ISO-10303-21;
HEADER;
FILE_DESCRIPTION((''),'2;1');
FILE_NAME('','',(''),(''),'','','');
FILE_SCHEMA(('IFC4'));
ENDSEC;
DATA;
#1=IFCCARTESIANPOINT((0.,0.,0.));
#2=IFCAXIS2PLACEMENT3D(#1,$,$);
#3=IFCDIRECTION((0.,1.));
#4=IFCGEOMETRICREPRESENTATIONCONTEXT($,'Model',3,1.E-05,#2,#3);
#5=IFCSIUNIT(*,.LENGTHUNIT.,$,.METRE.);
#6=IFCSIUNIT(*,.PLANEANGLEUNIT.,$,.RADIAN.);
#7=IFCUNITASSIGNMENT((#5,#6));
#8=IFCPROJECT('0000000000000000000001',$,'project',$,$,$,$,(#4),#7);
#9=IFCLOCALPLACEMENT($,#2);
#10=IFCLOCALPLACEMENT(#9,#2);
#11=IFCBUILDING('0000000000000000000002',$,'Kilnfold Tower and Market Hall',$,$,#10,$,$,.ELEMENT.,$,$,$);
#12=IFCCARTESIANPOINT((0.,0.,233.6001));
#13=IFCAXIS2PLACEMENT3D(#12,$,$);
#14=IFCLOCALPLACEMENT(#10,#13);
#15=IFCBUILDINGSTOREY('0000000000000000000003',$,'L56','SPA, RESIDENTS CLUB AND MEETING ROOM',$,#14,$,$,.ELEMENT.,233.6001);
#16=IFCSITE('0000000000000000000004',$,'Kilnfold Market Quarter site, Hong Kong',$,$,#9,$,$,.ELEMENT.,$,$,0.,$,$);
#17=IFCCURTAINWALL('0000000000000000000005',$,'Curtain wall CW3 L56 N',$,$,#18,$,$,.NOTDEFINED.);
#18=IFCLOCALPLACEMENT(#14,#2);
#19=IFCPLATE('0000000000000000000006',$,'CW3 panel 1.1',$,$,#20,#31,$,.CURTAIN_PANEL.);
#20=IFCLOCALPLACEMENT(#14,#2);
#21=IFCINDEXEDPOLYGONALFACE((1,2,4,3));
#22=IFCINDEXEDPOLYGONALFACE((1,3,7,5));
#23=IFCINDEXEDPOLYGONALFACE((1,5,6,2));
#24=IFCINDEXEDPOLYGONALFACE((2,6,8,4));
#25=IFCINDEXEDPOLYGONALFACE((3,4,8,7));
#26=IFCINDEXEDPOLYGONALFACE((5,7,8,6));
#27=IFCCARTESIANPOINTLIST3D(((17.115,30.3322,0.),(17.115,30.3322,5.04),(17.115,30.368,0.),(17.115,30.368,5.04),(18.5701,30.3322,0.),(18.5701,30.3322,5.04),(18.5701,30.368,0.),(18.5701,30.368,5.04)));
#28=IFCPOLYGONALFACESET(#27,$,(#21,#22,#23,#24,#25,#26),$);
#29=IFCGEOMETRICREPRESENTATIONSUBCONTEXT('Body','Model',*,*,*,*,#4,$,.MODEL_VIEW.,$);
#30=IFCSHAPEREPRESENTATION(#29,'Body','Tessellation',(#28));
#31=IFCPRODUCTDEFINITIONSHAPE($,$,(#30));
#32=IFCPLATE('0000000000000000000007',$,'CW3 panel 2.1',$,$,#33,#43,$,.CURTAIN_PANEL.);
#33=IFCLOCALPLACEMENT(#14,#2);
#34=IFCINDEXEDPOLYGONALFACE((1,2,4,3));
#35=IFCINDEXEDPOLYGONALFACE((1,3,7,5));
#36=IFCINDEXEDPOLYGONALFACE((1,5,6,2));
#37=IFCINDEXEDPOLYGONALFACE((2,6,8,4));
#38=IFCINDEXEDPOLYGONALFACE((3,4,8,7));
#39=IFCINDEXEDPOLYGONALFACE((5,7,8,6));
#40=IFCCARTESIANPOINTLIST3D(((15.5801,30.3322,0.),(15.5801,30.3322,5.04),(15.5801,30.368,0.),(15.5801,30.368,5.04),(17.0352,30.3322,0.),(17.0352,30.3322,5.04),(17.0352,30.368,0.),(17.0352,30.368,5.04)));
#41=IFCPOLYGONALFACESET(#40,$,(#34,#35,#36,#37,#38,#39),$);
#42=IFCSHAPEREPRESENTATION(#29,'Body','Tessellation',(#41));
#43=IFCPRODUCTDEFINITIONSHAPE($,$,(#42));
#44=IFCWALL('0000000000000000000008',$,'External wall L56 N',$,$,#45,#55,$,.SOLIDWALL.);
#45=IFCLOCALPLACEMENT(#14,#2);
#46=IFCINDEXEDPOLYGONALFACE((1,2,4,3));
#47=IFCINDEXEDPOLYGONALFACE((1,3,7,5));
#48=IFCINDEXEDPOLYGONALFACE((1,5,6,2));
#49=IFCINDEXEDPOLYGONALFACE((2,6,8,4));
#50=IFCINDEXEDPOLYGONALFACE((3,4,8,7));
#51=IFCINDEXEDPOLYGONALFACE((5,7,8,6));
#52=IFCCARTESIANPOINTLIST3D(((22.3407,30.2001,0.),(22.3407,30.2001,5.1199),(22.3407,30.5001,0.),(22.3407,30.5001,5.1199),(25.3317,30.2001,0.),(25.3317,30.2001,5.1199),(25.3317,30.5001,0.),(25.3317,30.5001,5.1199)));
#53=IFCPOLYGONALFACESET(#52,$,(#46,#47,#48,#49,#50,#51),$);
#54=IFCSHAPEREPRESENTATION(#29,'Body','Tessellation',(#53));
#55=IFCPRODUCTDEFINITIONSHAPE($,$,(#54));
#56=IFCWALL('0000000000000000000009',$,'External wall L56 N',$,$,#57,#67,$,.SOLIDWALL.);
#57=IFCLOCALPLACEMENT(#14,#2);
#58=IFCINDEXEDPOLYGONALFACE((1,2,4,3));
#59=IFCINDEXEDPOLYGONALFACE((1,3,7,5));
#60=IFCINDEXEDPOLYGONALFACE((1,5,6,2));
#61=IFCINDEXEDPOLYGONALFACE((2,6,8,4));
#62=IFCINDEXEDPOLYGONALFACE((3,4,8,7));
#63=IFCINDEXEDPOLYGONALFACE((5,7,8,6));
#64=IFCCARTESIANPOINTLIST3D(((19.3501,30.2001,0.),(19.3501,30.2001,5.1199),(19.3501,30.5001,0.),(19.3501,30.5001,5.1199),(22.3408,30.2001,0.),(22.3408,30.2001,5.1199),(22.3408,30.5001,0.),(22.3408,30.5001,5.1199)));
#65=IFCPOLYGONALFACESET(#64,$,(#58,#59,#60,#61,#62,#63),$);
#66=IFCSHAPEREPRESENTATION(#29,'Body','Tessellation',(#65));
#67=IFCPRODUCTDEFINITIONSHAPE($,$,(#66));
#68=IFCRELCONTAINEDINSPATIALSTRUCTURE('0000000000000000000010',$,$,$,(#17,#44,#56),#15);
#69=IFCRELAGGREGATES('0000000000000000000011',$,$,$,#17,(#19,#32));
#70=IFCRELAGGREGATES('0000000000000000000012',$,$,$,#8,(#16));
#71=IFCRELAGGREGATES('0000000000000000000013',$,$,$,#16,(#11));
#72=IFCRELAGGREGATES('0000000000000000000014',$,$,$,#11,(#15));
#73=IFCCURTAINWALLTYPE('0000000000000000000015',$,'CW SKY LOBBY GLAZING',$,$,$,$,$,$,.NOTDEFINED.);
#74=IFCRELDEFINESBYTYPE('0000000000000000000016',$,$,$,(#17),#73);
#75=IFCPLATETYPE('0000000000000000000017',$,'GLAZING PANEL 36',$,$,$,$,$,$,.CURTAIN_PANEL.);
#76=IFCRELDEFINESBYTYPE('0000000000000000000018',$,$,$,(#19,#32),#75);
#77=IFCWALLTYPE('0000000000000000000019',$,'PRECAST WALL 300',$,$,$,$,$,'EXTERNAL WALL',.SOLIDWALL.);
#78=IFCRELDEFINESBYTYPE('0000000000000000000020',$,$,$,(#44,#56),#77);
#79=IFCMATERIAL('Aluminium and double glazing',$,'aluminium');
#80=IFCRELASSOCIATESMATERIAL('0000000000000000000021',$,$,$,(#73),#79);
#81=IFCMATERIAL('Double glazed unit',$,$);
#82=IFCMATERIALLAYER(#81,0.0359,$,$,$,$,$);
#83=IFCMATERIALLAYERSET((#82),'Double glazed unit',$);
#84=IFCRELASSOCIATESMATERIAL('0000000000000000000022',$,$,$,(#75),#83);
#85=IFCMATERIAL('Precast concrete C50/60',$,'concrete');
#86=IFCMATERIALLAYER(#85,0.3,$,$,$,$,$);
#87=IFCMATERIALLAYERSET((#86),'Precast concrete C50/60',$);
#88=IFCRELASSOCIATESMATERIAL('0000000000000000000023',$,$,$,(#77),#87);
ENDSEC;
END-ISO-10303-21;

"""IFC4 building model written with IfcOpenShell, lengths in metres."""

from ifc_helpers import new_model, si_unit, direction, frame, frame_2d, origin, origin_2d, place, context, subcontext, project, spatial, rectangle, extrude, source, transform, mapped, material, layer, layer_set, type_object, element, aggregate, save


model = new_model("IFC4")

# Units and contexts
model_context = context("Model", 3, precision=1e-05, world=origin(), true_north=direction((0.0, 1.0)))
body_context = subcontext(model_context, "Body", "Model", "MODEL_VIEW")
ifc_project = project(units=[si_unit("LENGTHUNIT", "METRE"), si_unit("PLANEANGLEUNIT", "RADIAN")], contexts=[model_context])

# Site, building, storey
site_placement = place(None, origin())
site = spatial("IfcSite", under=ifc_project, at=site_placement, Name="Kilnfold Market Quarter site, Hong Kong", CompositionType="ELEMENT", RefElevation=0.0)
building_placement = place(site_placement, origin())
building = spatial("IfcBuilding", under=site, at=building_placement, Name="Kilnfold Tower and Market Hall", CompositionType="ELEMENT")
storey_placement = place(building_placement, frame((0.0, 0.0, 233.6001)))
storey = spatial("IfcBuildingStorey", under=building, at=storey_placement, Name="L56", Description="SPA, RESIDENTS CLUB AND MEETING ROOM", CompositionType="ELEMENT", Elevation=233.6001)

# Curtain wall
ifc_material_1 = material(Name="Aluminium and double glazing", Category="aluminium")
curtain_wall_type = type_object("IfcCurtainWallType", Name="CW SKY LOBBY GLAZING", PredefinedType="NOTDEFINED", material=ifc_material_1)
curtain_wall_1_placement = place(storey_placement, origin())
curtain_wall_1 = element("IfcCurtainWall", 1, at=curtain_wall_1_placement, inside=storey, type_object=curtain_wall_type, Name="Curtain wall CW3 L56 N", PredefinedType="NOTDEFINED")

# Plates
ifc_material_2 = material(Name="Double glazed unit")
ifc_layer_1 = layer(ifc_material_2, 0.0359)
ifc_layer_set_1 = layer_set([ifc_layer_1], Name="Double glazed unit")
plate_type = type_object("IfcPlateType", Name="GLAZING PANEL 36", PredefinedType="CURTAIN_PANEL", material=ifc_layer_set_1)
shared_shape_1 = source(origin(), body_context, "Body", "SweptSolid", [
    extrude(rectangle(XDim=1.4551, YDim=0.0359, at=origin_2d()), origin(), (0.0, 0.0, 1.0), 5.04),
])
plate_1_placement = place(storey_placement, frame((17.8425, 30.3501, 0.0), z_axis=(0.0, 0.0, 1.0), x_axis=(-1.0, 0.0, 0.0)))
plate_1 = element("IfcPlate", 2, at=plate_1_placement, type_object=plate_type, Name="CW3 panel 1.1", PredefinedType="CURTAIN_PANEL", context=body_context, shape_type="MappedRepresentation", body=[
    mapped(shared_shape_1, transform((0.0, 0.0, 0.0))),
])
plate_2_placement = place(storey_placement, frame((16.3076, 30.3501, 0.0), z_axis=(0.0, 0.0, 1.0), x_axis=(-1.0, 0.0, 0.0)))
plate_2 = element("IfcPlate", 3, at=plate_2_placement, type_object=plate_type, Name="CW3 panel 2.1", PredefinedType="CURTAIN_PANEL", context=body_context, shape_type="MappedRepresentation", body=[
    mapped(shared_shape_1, transform((0.0, 0.0, 0.0))),
])
aggregate(curtain_wall_1, [plate_1, plate_2])

# Walls
ifc_material_3 = material(Name="Precast concrete C50/60", Category="concrete")
ifc_layer_2 = layer(ifc_material_3, 0.3)
ifc_layer_set_2 = layer_set([ifc_layer_2], Name="Precast concrete C50/60")
wall_type = type_object("IfcWallType", Name="PRECAST WALL 300", ElementType="EXTERNAL WALL", PredefinedType="SOLIDWALL", material=ifc_layer_set_2)
shared_shape_2 = source(origin(), body_context, "Body", "SweptSolid", [
    extrude(rectangle(XDim=2.991, YDim=0.3, at=frame_2d((1.4956, 0.0))), origin(), (0.0, 0.0, 1.0), 5.1199),
])
wall_1_placement = place(storey_placement, frame((25.3318, 30.3501, 0.0), z_axis=(0.0, 0.0, 1.0), x_axis=(-1.0, 0.0, 0.0)))
element("IfcWall", 4, at=wall_1_placement, inside=storey, type_object=wall_type, Name="External wall L56 N", PredefinedType="SOLIDWALL", context=body_context, shape_type="MappedRepresentation", body=[
    mapped(shared_shape_2, transform((0.0, 0.0, 0.0))),
])
shared_shape_3 = source(origin(), body_context, "Body", "SweptSolid", [
    extrude(rectangle(XDim=2.9907, YDim=0.3, at=frame_2d((1.4954, 0.0))), origin(), (0.0, 0.0, 1.0), 5.1199),
])
wall_2_placement = place(storey_placement, frame((22.3408, 30.3501, 0.0), z_axis=(0.0, 0.0, 1.0), x_axis=(-1.0, 0.0, 0.0)))
element("IfcWall", 5, at=wall_2_placement, inside=storey, type_object=wall_type, Name="External wall L56 N", PredefinedType="SOLIDWALL", context=body_context, shape_type="MappedRepresentation", body=[
    mapped(shared_shape_3, transform((0.0, 0.0, 0.0))),
])

save(model, "model.ifc")
